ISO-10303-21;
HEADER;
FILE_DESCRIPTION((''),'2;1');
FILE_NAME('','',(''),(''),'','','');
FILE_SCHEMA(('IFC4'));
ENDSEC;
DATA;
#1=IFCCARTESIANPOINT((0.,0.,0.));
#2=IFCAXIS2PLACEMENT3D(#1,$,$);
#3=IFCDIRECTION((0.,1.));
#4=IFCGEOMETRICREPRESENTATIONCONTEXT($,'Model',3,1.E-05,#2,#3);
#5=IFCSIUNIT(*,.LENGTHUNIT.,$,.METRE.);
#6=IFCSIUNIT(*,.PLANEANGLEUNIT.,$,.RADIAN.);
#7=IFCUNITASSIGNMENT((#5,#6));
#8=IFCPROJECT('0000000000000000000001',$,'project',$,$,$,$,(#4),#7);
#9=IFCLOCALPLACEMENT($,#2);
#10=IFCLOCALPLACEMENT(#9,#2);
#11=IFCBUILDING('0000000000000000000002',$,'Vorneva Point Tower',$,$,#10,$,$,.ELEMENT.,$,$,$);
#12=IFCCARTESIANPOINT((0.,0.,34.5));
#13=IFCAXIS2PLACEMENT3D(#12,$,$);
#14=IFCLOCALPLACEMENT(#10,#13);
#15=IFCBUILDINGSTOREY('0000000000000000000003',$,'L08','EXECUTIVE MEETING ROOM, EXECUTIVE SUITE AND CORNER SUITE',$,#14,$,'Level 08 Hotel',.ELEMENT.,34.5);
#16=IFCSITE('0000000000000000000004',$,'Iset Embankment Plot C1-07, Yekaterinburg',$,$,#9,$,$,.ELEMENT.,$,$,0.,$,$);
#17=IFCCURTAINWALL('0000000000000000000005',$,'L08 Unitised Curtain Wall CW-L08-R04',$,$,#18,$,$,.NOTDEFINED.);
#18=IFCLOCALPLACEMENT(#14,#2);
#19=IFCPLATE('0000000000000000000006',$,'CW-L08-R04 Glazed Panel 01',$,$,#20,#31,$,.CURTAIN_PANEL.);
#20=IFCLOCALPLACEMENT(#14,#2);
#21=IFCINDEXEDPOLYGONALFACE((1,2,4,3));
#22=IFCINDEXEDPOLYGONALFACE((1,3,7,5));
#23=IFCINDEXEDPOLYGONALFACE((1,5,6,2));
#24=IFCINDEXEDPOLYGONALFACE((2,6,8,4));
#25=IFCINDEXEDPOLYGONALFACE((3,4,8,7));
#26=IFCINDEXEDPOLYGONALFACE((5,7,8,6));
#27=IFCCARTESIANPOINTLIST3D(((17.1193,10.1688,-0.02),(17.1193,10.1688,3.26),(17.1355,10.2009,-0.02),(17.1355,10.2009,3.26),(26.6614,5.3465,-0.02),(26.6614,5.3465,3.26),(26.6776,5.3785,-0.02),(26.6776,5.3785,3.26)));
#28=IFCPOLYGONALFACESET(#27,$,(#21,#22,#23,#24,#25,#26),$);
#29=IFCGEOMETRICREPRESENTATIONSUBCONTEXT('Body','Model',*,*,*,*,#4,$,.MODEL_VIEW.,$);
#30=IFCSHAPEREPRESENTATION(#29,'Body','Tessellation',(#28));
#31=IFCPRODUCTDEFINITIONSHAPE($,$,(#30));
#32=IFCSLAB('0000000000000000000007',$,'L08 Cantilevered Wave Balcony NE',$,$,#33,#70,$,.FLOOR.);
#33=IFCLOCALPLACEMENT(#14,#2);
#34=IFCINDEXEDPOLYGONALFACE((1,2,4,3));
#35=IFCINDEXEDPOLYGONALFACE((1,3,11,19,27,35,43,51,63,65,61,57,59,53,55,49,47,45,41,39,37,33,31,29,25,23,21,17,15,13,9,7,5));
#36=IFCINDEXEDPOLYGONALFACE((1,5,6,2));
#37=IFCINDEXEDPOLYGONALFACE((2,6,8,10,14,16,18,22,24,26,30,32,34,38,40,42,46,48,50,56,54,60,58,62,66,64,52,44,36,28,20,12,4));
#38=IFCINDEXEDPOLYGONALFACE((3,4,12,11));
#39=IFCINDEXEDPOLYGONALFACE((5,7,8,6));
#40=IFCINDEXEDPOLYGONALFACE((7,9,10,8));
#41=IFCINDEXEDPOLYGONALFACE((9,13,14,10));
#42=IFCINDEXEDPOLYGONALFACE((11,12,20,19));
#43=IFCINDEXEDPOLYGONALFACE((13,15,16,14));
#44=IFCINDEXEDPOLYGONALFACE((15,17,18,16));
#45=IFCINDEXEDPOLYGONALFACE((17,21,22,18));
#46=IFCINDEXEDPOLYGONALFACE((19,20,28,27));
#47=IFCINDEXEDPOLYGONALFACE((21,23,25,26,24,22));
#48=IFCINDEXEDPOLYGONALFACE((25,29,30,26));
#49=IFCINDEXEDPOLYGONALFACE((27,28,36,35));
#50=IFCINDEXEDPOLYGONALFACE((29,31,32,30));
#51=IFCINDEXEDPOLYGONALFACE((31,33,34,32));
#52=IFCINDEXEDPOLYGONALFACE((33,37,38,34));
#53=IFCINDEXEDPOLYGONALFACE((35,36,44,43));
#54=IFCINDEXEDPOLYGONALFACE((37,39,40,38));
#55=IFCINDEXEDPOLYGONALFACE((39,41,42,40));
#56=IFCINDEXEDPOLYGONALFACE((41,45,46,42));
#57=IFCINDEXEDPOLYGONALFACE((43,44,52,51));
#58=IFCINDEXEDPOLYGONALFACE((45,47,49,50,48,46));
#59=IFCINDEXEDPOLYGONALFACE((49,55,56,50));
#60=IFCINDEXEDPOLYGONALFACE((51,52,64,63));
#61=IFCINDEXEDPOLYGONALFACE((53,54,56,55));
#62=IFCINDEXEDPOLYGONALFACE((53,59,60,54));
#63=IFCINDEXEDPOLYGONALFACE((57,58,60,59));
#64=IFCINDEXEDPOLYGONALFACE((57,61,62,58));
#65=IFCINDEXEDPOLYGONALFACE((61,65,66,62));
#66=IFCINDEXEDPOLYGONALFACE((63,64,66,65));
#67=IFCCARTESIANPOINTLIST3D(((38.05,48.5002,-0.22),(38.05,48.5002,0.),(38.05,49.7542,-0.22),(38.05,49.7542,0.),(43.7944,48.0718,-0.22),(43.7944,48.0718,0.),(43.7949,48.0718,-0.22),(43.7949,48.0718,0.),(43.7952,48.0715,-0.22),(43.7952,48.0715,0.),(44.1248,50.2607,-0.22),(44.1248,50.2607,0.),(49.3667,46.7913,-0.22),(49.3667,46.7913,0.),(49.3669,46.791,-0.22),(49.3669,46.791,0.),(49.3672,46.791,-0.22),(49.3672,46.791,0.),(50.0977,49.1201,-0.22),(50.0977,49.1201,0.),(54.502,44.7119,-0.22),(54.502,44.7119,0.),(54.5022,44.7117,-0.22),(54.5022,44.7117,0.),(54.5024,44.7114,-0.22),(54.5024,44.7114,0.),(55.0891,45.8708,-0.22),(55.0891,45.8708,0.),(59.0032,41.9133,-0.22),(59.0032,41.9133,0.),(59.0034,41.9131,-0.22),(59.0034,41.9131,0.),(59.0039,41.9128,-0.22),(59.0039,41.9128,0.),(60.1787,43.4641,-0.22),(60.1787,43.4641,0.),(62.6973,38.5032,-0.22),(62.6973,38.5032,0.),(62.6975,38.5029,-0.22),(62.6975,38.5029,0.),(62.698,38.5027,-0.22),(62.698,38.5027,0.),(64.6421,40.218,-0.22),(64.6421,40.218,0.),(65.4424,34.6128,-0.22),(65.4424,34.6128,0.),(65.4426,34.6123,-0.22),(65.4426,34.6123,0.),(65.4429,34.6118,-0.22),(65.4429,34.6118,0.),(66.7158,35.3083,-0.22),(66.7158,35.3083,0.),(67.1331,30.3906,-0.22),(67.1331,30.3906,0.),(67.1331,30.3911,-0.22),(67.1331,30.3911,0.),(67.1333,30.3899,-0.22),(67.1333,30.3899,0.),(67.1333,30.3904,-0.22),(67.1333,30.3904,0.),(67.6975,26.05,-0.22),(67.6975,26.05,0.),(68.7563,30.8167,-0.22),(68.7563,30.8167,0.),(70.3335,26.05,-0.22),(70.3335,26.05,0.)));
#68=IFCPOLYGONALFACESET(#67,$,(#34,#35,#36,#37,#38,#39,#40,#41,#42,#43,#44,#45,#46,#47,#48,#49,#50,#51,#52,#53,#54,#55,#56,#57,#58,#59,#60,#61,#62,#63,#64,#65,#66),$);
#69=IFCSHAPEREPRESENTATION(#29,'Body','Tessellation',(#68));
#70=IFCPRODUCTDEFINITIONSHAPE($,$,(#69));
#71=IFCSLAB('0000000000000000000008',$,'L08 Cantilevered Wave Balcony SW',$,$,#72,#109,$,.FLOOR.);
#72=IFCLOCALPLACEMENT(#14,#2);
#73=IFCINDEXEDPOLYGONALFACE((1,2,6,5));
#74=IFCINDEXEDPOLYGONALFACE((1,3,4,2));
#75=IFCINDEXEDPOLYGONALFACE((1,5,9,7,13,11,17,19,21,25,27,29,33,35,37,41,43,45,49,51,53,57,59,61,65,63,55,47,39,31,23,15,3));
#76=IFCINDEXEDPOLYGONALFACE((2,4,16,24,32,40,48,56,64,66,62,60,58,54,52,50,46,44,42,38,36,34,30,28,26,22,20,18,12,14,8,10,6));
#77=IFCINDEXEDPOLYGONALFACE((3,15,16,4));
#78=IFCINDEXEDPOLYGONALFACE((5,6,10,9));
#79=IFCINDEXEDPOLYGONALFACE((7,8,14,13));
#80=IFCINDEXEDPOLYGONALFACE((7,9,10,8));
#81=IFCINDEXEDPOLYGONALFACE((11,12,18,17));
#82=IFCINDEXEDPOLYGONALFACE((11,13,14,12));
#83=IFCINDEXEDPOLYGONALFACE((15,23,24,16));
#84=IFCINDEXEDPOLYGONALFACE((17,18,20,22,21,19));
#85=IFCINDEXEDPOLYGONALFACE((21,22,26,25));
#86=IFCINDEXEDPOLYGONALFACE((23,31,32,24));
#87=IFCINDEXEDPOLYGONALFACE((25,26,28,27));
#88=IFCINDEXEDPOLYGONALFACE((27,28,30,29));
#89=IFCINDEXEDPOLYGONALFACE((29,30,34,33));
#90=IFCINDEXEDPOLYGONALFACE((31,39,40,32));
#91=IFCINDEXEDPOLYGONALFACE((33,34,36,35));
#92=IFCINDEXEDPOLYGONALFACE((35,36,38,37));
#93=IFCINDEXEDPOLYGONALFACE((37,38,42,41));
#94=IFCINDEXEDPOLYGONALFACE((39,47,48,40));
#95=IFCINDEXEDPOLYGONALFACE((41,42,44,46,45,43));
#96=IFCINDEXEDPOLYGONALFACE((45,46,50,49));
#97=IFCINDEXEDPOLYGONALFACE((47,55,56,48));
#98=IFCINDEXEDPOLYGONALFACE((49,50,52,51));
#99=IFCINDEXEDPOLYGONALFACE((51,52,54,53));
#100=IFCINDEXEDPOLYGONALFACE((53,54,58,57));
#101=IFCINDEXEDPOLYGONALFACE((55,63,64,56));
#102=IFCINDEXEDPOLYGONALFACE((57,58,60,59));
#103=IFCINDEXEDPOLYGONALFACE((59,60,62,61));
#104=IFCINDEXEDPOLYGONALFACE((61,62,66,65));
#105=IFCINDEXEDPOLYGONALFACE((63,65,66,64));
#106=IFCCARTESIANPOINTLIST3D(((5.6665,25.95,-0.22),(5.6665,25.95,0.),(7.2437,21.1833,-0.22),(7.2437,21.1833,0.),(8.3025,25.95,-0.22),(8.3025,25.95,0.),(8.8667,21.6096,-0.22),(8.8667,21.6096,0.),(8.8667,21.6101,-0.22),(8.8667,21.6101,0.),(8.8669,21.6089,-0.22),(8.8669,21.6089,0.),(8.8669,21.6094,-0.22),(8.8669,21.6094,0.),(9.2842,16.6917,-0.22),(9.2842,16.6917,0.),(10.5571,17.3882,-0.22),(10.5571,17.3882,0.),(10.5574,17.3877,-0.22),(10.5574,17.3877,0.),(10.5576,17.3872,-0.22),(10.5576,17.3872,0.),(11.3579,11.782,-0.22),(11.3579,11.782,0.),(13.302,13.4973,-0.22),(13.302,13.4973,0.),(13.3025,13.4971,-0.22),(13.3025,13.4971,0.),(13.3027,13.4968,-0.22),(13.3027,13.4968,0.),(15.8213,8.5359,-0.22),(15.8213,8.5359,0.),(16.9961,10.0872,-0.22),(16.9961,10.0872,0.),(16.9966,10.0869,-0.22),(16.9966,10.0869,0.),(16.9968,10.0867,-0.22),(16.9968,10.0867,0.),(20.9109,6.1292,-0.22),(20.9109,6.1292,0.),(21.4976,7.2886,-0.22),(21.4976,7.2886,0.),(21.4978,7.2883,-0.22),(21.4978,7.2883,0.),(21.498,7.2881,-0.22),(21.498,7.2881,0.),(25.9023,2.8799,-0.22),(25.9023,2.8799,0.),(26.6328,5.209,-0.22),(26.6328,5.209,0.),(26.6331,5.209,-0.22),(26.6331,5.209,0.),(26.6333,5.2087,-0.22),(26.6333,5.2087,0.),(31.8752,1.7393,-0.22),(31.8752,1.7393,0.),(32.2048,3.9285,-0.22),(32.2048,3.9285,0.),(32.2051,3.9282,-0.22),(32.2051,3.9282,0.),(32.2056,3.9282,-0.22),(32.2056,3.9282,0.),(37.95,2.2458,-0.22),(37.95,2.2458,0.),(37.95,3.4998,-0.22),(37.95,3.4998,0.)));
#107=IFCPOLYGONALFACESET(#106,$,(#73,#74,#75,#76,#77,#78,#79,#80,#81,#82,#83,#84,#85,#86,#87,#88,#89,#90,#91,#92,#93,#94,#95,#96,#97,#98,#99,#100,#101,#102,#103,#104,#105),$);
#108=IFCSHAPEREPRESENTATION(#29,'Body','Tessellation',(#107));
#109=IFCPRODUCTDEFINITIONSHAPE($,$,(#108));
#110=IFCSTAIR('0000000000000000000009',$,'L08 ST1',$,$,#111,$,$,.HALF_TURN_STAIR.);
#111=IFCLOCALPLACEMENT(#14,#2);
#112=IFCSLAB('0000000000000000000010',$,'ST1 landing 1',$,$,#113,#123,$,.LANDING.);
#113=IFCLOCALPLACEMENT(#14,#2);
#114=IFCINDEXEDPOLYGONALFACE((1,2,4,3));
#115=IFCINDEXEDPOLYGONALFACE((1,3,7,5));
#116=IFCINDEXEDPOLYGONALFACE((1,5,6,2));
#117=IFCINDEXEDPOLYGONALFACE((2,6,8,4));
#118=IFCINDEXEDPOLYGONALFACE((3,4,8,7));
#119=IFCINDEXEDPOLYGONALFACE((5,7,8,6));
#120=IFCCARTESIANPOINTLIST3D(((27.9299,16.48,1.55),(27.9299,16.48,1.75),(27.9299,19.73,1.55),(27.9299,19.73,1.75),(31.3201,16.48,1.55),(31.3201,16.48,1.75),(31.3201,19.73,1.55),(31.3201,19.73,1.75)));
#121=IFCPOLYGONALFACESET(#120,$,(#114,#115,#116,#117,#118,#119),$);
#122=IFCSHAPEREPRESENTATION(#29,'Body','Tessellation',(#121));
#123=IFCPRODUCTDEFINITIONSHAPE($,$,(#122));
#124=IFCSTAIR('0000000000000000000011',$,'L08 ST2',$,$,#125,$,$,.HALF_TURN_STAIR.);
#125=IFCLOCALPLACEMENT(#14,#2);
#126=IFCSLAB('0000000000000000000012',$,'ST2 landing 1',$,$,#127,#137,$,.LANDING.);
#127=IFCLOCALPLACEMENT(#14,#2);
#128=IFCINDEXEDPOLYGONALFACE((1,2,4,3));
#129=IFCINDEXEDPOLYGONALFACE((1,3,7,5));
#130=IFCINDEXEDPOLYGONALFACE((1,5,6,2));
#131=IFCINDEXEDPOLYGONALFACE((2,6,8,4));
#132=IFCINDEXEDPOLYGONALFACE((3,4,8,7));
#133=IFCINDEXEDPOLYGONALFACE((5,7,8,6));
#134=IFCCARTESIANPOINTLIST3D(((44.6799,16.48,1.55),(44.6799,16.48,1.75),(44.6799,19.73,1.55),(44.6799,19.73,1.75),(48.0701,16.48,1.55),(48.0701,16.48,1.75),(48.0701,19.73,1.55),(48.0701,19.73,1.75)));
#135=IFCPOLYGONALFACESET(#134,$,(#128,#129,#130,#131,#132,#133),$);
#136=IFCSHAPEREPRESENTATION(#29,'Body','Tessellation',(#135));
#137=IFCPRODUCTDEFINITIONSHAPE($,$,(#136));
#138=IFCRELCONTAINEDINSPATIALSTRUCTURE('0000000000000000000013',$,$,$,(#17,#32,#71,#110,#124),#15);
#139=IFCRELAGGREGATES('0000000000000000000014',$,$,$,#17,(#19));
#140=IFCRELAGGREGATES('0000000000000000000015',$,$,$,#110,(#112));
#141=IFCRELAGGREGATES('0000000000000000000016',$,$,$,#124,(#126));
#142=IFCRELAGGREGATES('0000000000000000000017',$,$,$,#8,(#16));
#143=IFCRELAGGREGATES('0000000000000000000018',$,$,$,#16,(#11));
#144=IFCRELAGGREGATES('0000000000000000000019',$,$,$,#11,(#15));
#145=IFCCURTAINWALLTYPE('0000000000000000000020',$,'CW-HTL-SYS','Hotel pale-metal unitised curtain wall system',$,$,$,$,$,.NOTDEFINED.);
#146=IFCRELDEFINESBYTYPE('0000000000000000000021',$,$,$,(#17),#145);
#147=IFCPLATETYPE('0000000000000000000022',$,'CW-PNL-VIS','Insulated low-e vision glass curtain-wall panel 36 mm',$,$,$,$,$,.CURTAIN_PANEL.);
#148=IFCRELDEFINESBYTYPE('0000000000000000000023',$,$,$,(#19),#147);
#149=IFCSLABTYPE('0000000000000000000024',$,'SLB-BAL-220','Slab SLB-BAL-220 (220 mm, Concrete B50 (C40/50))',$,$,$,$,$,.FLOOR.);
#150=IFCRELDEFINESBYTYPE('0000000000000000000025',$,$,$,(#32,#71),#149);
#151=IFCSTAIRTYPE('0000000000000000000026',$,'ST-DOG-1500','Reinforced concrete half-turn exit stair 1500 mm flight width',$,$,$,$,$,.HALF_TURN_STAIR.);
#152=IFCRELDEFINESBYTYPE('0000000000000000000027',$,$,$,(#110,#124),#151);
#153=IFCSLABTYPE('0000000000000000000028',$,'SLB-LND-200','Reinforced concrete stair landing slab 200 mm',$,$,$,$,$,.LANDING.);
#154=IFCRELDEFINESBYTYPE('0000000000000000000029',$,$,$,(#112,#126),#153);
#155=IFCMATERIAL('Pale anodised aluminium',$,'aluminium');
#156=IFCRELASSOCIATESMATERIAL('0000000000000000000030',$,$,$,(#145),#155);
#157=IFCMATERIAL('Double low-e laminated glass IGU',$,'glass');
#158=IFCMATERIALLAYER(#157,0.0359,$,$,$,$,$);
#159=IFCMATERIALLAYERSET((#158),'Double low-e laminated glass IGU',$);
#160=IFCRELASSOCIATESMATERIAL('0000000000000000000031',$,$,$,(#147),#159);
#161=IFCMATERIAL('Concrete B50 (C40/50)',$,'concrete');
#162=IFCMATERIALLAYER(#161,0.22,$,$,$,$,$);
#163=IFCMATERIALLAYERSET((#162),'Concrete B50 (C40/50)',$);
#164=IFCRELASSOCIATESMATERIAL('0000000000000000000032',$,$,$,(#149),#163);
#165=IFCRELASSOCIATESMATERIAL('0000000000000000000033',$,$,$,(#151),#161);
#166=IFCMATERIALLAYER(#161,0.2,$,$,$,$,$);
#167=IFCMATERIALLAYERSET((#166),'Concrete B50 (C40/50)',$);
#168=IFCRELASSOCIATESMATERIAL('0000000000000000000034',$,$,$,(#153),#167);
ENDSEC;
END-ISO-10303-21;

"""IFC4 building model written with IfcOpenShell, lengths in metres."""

from ifc_helpers import new_model, si_unit, direction, frame, origin, origin_2d, place, context, subcontext, project, spatial, polyline, rectangle, outline, extrude, material, layer, layer_set, type_object, element, aggregate, save


model = new_model("IFC4")

# Units and contexts
model_context = context("Model", 3, precision=1e-05, world=origin(), true_north=direction((0.0, 1.0)))
body_context = subcontext(model_context, "Body", "Model", "MODEL_VIEW")
ifc_project = project(units=[si_unit("LENGTHUNIT", "METRE"), si_unit("PLANEANGLEUNIT", "RADIAN")], contexts=[model_context])

# Site, building, storey
site_placement = place(None, origin())
site = spatial("IfcSite", under=ifc_project, at=site_placement, Name="Iset Embankment Plot C1-07, Yekaterinburg", CompositionType="ELEMENT", RefElevation=0.0)
building_placement = place(site_placement, origin())
building = spatial("IfcBuilding", under=site, at=building_placement, Name="Vorneva Point Tower", CompositionType="ELEMENT")
storey_placement = place(building_placement, frame((0.0, 0.0, 34.5)))
storey = spatial("IfcBuildingStorey", under=building, at=storey_placement, Name="L08", Description="EXECUTIVE MEETING ROOM, EXECUTIVE SUITE AND CORNER SUITE", LongName="Level 08 Hotel", CompositionType="ELEMENT", Elevation=34.5)

# Curtain wall, plate
ifc_material_1 = material(Name="Pale anodised aluminium", Category="aluminium")
curtain_wall_type = type_object("IfcCurtainWallType", Name="CW-HTL-SYS", Description="Hotel pale-metal unitised curtain wall system", PredefinedType="NOTDEFINED", material=ifc_material_1)
curtain_wall_placement = place(storey_placement, origin())
curtain_wall = element("IfcCurtainWall", 1, at=curtain_wall_placement, inside=storey, type_object=curtain_wall_type, Name="L08 Unitised Curtain Wall CW-L08-R04", PredefinedType="NOTDEFINED")
ifc_material_2 = material(Name="Double low-e laminated glass IGU", Category="glass")
ifc_layer_1 = layer(ifc_material_2, 0.0359)
ifc_layer_set_1 = layer_set([ifc_layer_1], Name="Double low-e laminated glass IGU")
plate_type = type_object("IfcPlateType", Name="CW-PNL-VIS", Description="Insulated low-e vision glass curtain-wall panel 36 mm", PredefinedType="CURTAIN_PANEL", material=ifc_layer_set_1)
plate_placement = place(storey_placement, frame((21.8984, 7.7737, -0.02), z_axis=(0.0, 0.0, 1.0), x_axis=(0.892499, -0.451049, 0.0)))
plate = element("IfcPlate", 2, at=plate_placement, type_object=plate_type, Name="CW-L08-R04 Glazed Panel 01", PredefinedType="CURTAIN_PANEL", context=body_context, shape_type="SweptSolid", body=[
    extrude(rectangle(XDim=10.6914, YDim=0.0359, at=origin_2d()), origin(), (0.0, 0.0, 1.0), 3.28),
])
aggregate(curtain_wall, [plate])

# Slabs
ifc_material_3 = material(Name="Concrete B50 (C40/50)", Category="concrete")
ifc_layer_2 = layer(ifc_material_3, 0.22)
ifc_layer_set_2 = layer_set([ifc_layer_2], Name="Concrete B50 (C40/50)")
slab_type_1 = type_object("IfcSlabType", Name="SLB-BAL-220", Description="Slab SLB-BAL-220 (220 mm, Concrete B50 (C40/50))", PredefinedType="FLOOR", material=ifc_layer_set_2)
slab_1_placement = place(storey_placement, frame((0.0, 0.0, -0.22)))
element("IfcSlab", 3, at=slab_1_placement, inside=storey, type_object=slab_type_1, Name="L08 Cantilevered Wave Balcony NE", PredefinedType="FLOOR", context=body_context, shape_type="SweptSolid", body=[
    extrude(outline(polyline([(38.05, 49.7542), (38.05, 48.5002), (43.7944, 48.0718), (43.7949, 48.0718), (43.7952, 48.0715), (49.3667, 46.7913), (49.3669, 46.791), (49.3672, 46.791), (54.502, 44.7119), (54.5022, 44.7117), (54.5024, 44.7114), (59.0032, 41.9133), (59.0034, 41.9131), (59.0039, 41.9128), (62.6973, 38.5032), (62.6975, 38.5029), (62.698, 38.5027), (65.4424, 34.6128), (65.4426, 34.6123), (65.4429, 34.6118), (67.1331, 30.3911), (67.1331, 30.3906), (67.1333, 30.3904), (67.1333, 30.3899), (67.6975, 26.05), (70.3335, 26.05), (68.7563, 30.8167), (66.7158, 35.3083), (64.6421, 40.218), (60.1787, 43.4641), (55.0891, 45.8708), (50.0977, 49.1201), (44.1248, 50.2607), (38.05, 49.7542)])), origin(), (0.0, 0.0, 1.0), 0.22),
])
slab_2_placement = place(storey_placement, frame((0.0, 0.0, -0.22)))
element("IfcSlab", 4, at=slab_2_placement, inside=storey, type_object=slab_type_1, Name="L08 Cantilevered Wave Balcony SW", PredefinedType="FLOOR", context=body_context, shape_type="SweptSolid", body=[
    extrude(outline(polyline([(37.95, 2.2458), (37.95, 3.4998), (32.2056, 3.9282), (32.2051, 3.9282), (32.2048, 3.9285), (26.6333, 5.2087), (26.6331, 5.209), (26.6328, 5.209), (21.498, 7.2881), (21.4978, 7.2883), (21.4976, 7.2886), (16.9968, 10.0867), (16.9966, 10.0869), (16.9961, 10.0872), (13.3027, 13.4968), (13.3025, 13.4971), (13.302, 13.4973), (10.5576, 17.3872), (10.5574, 17.3877), (10.5571, 17.3882), (8.8669, 21.6089), (8.8669, 21.6094), (8.8667, 21.6096), (8.8667, 21.6101), (8.3025, 25.95), (5.6665, 25.95), (7.2437, 21.1833), (9.2842, 16.6917), (11.3579, 11.782), (15.8213, 8.5359), (20.9109, 6.1292), (25.9023, 2.8799), (31.8752, 1.7393), (37.95, 2.2458)])), origin(), (0.0, 0.0, 1.0), 0.22),
])

# Stairs, slabs
stair_type = type_object("IfcStairType", Name="ST-DOG-1500", Description="Reinforced concrete half-turn exit stair 1500 mm flight width", PredefinedType="HALF_TURN_STAIR", material=ifc_material_3)
stair_1_placement = place(storey_placement, origin())
stair_1 = element("IfcStair", 5, at=stair_1_placement, inside=storey, type_object=stair_type, Name="L08 ST1", PredefinedType="HALF_TURN_STAIR")
ifc_layer_3 = layer(ifc_material_3, 0.2)
ifc_layer_set_3 = layer_set([ifc_layer_3], Name="Concrete B50 (C40/50)")
slab_type_2 = type_object("IfcSlabType", Name="SLB-LND-200", Description="Reinforced concrete stair landing slab 200 mm", PredefinedType="LANDING", material=ifc_layer_set_3)
slab_3_placement = place(storey_placement, frame((0.0, 0.0, 1.55)))
slab_3 = element("IfcSlab", 6, at=slab_3_placement, type_object=slab_type_2, Name="ST1 landing 1", PredefinedType="LANDING", context=body_context, shape_type="SweptSolid", body=[
    extrude(outline(polyline([(27.9299, 16.48), (31.3201, 16.48), (31.3201, 19.73), (27.9299, 19.73), (27.9299, 16.48)])), origin(), (0.0, 0.0, 1.0), 0.2),
])
aggregate(stair_1, [slab_3])
stair_2_placement = place(storey_placement, origin())
stair_2 = element("IfcStair", 7, at=stair_2_placement, inside=storey, type_object=stair_type, Name="L08 ST2", PredefinedType="HALF_TURN_STAIR")
slab_4_placement = place(storey_placement, frame((0.0, 0.0, 1.55)))
slab_4 = element("IfcSlab", 8, at=slab_4_placement, type_object=slab_type_2, Name="ST2 landing 1", PredefinedType="LANDING", context=body_context, shape_type="SweptSolid", body=[
    extrude(outline(polyline([(44.6799, 16.48), (48.0701, 16.48), (48.0701, 19.73), (44.6799, 19.73), (44.6799, 16.48)])), origin(), (0.0, 0.0, 1.0), 0.2),
])
aggregate(stair_2, [slab_4])

save(model, "model.ifc")
